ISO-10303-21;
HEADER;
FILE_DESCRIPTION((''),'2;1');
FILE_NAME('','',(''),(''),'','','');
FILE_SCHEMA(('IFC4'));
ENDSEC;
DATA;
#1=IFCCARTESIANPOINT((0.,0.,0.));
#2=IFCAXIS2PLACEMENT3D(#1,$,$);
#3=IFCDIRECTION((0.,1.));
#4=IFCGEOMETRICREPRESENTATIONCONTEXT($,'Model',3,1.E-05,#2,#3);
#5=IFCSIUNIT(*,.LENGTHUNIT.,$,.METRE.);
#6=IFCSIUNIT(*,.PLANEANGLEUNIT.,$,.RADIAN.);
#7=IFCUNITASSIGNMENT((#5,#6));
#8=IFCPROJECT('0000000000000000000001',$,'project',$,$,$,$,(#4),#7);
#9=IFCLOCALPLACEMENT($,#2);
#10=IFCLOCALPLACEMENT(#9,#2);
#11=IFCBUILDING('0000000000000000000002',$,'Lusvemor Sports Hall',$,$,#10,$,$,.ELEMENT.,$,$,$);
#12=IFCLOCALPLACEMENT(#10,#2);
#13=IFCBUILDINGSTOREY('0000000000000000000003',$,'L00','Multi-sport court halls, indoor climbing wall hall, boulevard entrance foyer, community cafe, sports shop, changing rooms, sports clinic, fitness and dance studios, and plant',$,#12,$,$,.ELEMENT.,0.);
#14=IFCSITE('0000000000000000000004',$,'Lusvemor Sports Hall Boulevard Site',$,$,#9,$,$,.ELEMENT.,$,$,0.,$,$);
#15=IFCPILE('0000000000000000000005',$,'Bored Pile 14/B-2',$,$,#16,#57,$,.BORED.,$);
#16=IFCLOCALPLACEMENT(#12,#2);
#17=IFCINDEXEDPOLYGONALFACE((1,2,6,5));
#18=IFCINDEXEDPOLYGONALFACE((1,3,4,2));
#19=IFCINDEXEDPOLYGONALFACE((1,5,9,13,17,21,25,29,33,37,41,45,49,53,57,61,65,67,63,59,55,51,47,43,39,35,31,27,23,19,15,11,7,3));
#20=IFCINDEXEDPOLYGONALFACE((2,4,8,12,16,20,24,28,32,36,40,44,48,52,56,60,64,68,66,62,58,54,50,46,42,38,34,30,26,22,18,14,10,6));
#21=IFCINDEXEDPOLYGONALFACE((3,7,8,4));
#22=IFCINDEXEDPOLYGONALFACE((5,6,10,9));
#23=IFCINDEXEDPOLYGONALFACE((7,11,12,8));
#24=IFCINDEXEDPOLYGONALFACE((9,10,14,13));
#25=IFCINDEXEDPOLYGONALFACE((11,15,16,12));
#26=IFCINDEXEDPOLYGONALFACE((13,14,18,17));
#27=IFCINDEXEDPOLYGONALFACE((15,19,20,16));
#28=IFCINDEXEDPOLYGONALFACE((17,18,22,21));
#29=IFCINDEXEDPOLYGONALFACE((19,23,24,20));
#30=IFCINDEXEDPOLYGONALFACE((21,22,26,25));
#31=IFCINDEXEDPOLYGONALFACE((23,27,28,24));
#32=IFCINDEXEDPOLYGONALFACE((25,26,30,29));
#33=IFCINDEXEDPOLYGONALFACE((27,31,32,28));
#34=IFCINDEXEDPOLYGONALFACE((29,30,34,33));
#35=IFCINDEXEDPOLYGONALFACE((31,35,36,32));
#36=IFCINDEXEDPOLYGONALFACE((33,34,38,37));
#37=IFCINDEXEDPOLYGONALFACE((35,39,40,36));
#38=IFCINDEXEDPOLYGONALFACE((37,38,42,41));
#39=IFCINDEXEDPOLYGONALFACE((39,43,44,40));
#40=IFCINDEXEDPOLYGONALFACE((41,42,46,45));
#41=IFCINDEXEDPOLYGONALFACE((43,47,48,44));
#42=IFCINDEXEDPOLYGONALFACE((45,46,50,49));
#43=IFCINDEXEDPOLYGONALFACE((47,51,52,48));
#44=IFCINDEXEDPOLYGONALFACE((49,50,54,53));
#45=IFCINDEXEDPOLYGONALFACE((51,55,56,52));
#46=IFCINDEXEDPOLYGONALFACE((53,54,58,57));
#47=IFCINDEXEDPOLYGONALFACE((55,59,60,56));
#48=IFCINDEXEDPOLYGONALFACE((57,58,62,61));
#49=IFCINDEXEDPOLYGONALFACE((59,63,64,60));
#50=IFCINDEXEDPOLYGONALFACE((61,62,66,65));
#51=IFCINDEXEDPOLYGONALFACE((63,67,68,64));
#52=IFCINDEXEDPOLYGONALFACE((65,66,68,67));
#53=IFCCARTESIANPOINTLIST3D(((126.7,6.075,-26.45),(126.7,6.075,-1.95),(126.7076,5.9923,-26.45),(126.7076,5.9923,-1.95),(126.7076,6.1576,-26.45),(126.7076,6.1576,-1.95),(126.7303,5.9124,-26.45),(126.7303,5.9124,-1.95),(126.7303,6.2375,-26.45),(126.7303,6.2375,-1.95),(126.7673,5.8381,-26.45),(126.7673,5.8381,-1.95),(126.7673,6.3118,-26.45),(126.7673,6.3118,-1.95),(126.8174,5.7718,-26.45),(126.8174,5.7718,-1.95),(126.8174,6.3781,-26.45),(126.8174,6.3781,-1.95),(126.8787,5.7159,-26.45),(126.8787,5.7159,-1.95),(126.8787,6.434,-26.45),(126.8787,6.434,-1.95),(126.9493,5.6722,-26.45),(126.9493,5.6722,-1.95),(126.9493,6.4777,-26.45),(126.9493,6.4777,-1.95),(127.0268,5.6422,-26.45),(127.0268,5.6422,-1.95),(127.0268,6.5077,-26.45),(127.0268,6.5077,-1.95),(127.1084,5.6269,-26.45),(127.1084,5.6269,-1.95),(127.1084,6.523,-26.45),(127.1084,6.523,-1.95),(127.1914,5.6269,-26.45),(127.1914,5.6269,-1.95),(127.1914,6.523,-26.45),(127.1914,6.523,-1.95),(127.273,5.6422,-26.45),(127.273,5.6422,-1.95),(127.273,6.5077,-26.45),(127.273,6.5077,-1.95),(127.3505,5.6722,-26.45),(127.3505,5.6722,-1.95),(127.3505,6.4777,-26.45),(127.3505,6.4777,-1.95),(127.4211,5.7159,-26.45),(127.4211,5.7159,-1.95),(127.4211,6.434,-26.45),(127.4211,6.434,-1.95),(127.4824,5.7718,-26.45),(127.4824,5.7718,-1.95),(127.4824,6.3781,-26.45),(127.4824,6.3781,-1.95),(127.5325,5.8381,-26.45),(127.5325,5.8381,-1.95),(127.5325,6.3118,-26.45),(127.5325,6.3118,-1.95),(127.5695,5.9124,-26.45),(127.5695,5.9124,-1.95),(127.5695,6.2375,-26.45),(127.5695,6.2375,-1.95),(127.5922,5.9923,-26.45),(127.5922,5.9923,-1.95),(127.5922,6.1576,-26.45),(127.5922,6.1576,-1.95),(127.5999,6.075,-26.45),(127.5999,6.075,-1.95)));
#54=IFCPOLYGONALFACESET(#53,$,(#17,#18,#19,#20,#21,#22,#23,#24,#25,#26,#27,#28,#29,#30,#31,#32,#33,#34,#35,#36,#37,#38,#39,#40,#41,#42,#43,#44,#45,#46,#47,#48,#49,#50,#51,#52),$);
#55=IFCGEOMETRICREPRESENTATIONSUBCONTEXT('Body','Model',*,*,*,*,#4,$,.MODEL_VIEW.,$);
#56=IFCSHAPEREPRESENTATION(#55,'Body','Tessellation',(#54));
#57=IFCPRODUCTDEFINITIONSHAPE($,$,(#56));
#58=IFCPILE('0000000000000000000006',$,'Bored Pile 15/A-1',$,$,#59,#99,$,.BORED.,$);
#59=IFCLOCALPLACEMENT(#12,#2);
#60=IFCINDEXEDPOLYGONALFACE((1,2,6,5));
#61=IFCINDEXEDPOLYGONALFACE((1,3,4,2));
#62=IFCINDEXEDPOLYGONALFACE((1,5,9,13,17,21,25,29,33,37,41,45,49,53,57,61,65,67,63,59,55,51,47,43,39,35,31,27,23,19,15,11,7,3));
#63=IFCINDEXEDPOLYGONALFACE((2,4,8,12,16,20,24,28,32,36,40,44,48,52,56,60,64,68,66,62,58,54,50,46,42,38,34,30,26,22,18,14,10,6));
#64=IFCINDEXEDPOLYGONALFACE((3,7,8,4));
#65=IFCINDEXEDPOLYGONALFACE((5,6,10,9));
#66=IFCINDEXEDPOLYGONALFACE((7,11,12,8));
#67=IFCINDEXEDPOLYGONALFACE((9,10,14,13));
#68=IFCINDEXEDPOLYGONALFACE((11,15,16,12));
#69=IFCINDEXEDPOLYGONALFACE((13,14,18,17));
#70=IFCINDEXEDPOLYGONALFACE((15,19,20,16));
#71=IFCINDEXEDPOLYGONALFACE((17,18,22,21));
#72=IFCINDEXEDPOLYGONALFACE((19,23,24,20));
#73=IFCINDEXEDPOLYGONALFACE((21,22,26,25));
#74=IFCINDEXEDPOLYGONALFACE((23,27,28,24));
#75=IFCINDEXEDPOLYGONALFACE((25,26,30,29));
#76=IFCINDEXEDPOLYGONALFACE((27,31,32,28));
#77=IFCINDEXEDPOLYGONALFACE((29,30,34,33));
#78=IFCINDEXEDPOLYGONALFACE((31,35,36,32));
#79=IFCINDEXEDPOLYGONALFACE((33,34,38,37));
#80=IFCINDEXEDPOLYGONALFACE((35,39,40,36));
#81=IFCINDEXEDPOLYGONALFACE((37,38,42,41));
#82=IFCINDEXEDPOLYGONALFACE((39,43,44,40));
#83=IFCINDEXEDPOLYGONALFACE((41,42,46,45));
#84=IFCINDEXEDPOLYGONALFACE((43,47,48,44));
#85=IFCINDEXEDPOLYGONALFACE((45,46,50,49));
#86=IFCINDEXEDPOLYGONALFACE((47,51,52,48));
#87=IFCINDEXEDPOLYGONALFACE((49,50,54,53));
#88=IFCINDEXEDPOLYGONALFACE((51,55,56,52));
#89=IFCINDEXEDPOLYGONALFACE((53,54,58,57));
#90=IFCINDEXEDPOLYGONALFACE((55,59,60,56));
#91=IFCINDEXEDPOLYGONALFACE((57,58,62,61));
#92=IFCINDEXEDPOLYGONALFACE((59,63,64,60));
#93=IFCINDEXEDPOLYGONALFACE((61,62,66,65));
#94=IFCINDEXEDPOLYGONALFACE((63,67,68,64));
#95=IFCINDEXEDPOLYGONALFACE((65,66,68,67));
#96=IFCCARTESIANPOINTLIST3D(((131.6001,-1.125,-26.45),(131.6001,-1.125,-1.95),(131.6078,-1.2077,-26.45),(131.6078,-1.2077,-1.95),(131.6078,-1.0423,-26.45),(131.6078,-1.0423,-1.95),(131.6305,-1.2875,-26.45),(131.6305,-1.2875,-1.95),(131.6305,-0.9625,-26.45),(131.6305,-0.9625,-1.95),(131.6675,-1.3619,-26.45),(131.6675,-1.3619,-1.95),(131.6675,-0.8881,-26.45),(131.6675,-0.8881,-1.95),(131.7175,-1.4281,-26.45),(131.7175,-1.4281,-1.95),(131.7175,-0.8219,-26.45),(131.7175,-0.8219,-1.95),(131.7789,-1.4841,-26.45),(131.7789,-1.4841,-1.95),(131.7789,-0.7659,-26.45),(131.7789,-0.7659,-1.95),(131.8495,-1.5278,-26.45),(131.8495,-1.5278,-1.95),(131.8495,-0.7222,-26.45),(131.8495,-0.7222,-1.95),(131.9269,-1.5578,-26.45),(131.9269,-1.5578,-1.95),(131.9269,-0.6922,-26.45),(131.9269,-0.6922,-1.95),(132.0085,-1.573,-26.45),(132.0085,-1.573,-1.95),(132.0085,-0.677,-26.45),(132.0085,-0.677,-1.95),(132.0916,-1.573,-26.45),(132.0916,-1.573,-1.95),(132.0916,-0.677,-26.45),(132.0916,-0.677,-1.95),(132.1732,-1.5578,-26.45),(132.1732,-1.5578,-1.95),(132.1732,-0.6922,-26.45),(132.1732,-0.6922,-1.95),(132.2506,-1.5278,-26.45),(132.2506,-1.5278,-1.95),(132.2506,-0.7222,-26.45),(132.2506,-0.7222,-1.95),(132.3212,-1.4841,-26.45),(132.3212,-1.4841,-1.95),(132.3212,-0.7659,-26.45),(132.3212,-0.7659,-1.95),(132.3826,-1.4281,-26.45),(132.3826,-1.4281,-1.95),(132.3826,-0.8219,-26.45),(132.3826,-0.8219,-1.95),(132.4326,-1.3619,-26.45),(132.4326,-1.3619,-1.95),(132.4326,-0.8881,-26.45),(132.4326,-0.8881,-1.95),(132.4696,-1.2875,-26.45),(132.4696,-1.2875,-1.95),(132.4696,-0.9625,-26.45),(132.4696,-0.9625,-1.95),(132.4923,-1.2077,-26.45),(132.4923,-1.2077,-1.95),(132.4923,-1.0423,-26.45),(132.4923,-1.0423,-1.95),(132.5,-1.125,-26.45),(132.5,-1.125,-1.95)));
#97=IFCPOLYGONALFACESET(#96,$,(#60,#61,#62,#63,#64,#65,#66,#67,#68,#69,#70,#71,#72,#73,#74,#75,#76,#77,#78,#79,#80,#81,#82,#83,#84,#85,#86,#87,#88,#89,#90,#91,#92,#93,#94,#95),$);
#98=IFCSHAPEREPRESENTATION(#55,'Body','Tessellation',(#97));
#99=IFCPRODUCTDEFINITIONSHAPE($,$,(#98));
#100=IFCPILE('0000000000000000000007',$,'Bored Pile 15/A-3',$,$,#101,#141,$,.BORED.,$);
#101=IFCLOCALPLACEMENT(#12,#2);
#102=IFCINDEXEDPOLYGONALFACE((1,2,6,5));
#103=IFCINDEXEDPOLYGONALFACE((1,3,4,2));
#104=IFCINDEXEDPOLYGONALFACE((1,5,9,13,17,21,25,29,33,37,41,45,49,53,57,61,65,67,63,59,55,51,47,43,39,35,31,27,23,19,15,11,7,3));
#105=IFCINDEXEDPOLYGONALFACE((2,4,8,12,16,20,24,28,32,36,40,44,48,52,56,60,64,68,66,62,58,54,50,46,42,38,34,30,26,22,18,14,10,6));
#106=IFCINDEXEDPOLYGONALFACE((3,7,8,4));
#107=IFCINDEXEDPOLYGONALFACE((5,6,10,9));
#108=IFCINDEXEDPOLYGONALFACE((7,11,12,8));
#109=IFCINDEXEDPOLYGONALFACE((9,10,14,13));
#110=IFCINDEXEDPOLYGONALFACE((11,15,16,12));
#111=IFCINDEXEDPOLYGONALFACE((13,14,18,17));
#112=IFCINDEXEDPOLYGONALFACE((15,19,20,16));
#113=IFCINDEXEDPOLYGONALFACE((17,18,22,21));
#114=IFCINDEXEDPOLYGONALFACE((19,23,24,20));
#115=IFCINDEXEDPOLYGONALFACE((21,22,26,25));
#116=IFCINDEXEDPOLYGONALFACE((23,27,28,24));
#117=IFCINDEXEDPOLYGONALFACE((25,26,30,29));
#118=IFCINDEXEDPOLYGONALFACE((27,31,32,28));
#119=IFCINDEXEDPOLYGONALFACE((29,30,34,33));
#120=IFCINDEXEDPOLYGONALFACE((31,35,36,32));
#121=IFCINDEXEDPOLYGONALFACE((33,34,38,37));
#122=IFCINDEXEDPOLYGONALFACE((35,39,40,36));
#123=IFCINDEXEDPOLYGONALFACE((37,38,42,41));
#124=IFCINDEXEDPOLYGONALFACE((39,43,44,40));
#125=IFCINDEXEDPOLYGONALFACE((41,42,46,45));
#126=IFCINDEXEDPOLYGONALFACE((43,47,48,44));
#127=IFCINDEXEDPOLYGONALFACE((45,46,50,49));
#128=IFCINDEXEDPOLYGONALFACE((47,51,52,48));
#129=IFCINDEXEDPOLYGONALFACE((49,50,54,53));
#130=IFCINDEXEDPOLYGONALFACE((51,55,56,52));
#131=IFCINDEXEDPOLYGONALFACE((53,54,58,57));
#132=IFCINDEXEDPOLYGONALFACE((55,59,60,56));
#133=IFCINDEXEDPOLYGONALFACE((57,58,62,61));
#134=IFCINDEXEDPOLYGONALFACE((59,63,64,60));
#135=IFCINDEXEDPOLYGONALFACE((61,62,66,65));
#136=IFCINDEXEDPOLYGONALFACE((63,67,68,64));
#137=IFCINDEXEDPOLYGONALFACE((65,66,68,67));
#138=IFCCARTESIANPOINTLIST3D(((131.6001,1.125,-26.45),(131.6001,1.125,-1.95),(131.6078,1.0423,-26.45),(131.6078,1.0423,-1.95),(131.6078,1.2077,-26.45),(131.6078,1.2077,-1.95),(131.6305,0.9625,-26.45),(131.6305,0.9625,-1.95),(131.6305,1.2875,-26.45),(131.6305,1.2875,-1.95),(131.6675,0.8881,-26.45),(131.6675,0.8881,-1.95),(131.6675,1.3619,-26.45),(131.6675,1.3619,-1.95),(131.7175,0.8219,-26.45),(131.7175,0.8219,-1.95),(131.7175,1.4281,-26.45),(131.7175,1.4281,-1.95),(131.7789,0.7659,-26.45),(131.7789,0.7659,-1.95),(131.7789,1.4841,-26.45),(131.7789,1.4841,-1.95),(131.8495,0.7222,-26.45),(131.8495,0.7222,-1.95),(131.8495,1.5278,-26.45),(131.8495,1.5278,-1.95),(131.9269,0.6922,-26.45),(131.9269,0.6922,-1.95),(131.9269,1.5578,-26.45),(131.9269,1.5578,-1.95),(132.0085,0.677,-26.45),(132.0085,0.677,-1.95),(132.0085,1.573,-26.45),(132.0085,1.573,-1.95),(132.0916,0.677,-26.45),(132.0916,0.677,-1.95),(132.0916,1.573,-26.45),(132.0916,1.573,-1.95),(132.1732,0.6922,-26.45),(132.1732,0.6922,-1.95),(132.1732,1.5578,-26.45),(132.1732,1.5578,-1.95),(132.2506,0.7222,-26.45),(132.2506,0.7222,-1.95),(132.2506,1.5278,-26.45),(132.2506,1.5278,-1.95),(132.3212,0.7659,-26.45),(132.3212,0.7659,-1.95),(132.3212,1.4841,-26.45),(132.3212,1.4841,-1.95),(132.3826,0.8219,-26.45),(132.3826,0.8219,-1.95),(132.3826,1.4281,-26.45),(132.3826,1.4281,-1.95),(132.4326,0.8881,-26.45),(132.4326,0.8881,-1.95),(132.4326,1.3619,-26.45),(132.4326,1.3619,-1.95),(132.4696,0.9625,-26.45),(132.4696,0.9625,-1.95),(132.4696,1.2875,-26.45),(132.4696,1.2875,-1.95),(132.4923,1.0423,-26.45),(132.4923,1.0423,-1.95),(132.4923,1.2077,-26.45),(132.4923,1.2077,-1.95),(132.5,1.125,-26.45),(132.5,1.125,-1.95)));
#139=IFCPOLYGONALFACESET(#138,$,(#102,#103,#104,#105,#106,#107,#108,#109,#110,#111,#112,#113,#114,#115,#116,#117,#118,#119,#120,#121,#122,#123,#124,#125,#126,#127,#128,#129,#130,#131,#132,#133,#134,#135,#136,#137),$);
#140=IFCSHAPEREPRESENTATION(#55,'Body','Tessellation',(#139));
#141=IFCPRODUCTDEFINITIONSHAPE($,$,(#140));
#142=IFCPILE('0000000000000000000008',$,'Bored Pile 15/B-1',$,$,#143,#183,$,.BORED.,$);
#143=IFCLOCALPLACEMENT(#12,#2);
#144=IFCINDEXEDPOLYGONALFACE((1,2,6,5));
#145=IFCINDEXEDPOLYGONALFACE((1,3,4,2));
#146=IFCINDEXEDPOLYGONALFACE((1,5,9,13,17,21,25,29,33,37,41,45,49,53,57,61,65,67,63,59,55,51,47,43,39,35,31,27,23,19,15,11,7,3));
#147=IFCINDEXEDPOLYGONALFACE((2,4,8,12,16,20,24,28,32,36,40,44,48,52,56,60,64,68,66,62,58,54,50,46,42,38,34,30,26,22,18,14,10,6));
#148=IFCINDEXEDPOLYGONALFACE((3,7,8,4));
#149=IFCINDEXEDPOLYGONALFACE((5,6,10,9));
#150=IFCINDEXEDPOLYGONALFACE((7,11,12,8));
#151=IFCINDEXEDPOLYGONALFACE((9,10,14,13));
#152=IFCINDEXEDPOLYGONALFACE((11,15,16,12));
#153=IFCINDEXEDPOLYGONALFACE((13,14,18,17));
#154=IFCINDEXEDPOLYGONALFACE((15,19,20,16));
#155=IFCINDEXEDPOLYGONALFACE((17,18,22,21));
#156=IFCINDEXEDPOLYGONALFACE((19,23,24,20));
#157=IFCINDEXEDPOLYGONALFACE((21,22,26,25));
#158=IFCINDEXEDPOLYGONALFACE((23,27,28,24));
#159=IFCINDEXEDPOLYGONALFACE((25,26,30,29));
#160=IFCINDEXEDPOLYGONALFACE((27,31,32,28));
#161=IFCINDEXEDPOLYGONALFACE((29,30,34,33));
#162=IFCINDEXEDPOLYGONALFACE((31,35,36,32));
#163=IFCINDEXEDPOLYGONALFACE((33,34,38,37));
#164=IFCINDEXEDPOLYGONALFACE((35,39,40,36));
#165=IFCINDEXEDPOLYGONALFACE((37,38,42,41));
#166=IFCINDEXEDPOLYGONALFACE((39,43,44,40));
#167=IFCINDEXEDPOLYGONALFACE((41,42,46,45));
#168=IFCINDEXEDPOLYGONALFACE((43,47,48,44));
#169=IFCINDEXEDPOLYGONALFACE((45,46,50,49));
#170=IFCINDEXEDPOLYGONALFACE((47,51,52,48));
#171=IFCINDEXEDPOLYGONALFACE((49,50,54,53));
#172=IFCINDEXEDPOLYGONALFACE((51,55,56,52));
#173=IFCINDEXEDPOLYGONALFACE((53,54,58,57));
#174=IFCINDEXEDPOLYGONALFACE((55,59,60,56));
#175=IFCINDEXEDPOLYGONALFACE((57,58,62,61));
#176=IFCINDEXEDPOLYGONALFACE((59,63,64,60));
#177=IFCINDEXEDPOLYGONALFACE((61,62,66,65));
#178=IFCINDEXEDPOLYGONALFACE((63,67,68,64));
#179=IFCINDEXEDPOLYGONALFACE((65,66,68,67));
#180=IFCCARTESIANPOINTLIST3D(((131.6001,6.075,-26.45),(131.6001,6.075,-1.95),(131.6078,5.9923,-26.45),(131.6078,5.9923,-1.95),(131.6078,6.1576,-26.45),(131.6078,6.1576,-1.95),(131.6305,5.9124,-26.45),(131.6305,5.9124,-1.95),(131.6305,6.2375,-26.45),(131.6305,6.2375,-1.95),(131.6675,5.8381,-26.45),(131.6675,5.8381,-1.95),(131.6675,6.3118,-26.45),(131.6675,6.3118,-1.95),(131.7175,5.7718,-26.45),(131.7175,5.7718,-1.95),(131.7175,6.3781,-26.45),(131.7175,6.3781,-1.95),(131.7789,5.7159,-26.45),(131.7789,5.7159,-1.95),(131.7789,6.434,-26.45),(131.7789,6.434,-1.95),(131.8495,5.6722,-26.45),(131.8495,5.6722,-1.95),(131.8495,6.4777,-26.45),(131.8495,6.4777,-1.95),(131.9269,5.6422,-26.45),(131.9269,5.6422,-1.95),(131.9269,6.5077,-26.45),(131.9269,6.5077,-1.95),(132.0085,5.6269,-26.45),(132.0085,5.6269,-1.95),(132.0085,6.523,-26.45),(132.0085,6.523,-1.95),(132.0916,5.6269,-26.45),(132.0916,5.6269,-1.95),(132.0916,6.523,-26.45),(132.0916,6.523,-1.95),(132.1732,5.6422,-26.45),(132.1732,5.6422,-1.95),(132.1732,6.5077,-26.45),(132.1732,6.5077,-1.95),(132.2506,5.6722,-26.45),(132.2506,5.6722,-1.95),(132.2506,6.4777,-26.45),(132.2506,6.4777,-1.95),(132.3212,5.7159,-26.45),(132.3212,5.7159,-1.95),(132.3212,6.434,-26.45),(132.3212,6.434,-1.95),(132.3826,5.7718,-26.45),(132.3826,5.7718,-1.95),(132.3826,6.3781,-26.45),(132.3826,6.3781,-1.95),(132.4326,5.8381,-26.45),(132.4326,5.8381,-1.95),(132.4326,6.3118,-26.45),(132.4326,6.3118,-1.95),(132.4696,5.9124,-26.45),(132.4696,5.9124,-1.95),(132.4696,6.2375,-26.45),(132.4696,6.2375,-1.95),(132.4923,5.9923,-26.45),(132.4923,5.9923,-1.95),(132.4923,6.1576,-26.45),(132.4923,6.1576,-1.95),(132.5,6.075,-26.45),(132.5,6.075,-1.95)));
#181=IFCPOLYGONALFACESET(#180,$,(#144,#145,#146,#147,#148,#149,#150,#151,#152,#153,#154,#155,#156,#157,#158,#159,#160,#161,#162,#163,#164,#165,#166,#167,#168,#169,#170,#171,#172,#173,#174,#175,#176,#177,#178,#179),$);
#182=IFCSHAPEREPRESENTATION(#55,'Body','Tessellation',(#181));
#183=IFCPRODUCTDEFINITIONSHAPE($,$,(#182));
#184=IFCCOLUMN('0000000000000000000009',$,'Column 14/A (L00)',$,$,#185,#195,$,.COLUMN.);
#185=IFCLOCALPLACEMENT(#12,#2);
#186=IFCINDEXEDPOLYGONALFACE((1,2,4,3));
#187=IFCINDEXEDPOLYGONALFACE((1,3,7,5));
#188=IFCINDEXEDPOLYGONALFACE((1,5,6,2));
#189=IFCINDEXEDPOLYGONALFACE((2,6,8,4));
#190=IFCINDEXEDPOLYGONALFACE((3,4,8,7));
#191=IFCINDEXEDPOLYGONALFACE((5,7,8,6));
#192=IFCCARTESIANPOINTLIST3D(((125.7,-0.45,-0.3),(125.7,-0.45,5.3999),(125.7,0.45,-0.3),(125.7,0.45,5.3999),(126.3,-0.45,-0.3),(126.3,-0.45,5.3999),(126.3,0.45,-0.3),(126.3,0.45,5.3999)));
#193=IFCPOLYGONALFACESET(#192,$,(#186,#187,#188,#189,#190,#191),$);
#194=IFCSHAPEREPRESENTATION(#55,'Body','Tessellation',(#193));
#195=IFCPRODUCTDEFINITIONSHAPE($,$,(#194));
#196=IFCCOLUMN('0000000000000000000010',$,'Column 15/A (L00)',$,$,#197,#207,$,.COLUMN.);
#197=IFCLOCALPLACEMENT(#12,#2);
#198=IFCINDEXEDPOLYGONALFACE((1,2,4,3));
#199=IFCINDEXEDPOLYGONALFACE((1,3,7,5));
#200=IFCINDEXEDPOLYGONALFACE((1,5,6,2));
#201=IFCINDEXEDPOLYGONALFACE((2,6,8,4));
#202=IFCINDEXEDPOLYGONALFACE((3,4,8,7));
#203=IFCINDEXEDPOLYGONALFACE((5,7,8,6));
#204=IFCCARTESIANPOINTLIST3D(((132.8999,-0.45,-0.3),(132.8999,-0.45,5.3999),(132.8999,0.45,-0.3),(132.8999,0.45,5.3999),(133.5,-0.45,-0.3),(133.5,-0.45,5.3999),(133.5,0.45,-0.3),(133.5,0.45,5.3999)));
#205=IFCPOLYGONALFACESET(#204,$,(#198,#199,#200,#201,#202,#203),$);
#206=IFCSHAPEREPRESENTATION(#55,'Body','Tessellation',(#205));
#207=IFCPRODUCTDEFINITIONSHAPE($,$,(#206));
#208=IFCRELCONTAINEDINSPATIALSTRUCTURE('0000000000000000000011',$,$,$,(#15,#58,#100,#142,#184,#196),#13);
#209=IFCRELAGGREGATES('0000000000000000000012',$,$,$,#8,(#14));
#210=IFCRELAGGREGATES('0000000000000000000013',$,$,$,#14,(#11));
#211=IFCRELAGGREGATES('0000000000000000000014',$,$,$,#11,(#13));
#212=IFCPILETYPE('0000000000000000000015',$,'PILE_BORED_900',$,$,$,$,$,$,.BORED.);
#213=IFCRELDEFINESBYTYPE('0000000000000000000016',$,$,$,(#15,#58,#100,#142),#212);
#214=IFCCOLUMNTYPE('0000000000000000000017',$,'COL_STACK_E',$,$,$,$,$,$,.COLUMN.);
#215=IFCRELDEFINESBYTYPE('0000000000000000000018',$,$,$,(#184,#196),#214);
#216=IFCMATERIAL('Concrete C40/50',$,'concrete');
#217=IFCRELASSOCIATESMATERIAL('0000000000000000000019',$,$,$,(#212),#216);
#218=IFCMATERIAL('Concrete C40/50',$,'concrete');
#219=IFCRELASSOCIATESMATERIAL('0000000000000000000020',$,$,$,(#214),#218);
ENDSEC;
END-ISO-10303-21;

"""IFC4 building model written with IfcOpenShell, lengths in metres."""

from ifc_helpers import new_model, si_unit, direction, frame, origin, origin_2d, place, context, subcontext, project, spatial, rectangle, circle, extrude, material, material_profile, profile_set, type_object, element, save


model = new_model("IFC4")

# Units and contexts
model_context = context("Model", 3, precision=1e-05, world=origin(), true_north=direction((0.0, 1.0)))
body_context = subcontext(model_context, "Body", "Model", "MODEL_VIEW")
ifc_project = project(units=[si_unit("LENGTHUNIT", "METRE"), si_unit("PLANEANGLEUNIT", "RADIAN")], contexts=[model_context])

# Site, building, storey
site_placement = place(None, origin())
site = spatial("IfcSite", under=ifc_project, at=site_placement, Name="Lusvemor Sports Hall Boulevard Site", CompositionType="ELEMENT", RefElevation=0.0)
building_placement = place(site_placement, origin())
building = spatial("IfcBuilding", under=site, at=building_placement, Name="Lusvemor Sports Hall", CompositionType="ELEMENT")
storey_placement = place(building_placement, origin())
storey = spatial("IfcBuildingStorey", under=building, at=storey_placement, Name="L00", Description="Multi-sport court halls, indoor climbing wall hall, boulevard entrance foyer, community cafe, sports shop, changing rooms, sports clinic, fitness and dance studios, and plant", CompositionType="ELEMENT", Elevation=0.0)

# Piles
ifc_material_1 = material(Name="Concrete C40/50", Category="concrete")
ifc_material_profile_1 = material_profile(ifc_material_1, circle(Radius=0.45, at=origin_2d()), Name="PILE900")
ifc_profile_set_1 = profile_set([ifc_material_profile_1], Name="Concrete C40/50")
pile_type = type_object("IfcPileType", Name="PILE_BORED_900", PredefinedType="BORED", material=ifc_profile_set_1)
for number, where, z_axis, x_axis, name in (
    (1, (127.1499, 6.075, -1.95), (0.0, 0.0, -1.0), (1.0, 0.0, 0.0), "Bored Pile 14/B-2"),
    (2, (132.05, -1.125, -1.95), (0.0, 0.0, -1.0), (1.0, 0.0, 0.0), "Bored Pile 15/A-1"),
    (3, (132.05, 1.125, -1.95), (0.0, 0.0, -1.0), (1.0, 0.0, 0.0), "Bored Pile 15/A-3"),
    (4, (132.05, 6.075, -1.95), (0.0, 0.0, -1.0), (1.0, 0.0, 0.0), "Bored Pile 15/B-1"),
):
    element("IfcPile", number, at=place(storey_placement, frame(where, z_axis=z_axis, x_axis=x_axis)), inside=storey, type_object=pile_type, Name=name, PredefinedType="BORED", context=body_context, shape_type="SweptSolid", body=[
        extrude(circle(Radius=0.45, at=origin_2d()), origin(), (0.0, 0.0, 1.0), 24.5),
    ])

# Columns
ifc_material_2 = material(Name="Concrete C40/50", Category="concrete")
ifc_material_profile_2 = material_profile(ifc_material_2, rectangle(XDim=0.6001, YDim=0.8999, at=origin_2d()), Name="RC600x900")
ifc_profile_set_2 = profile_set([ifc_material_profile_2], Name="Concrete C40/50")
column_type = type_object("IfcColumnType", Name="COL_STACK_E", PredefinedType="COLUMN", material=ifc_profile_set_2)
for number, where, z_axis, x_axis, name in (
    (5, (126.0, 0.0, -0.3), (0.0, 0.0, 1.0), (1.0, 0.0, 0.0), "Column 14/A (L00)"),
    (6, (133.2, 0.0, -0.3), (0.0, 0.0, 1.0), (1.0, 0.0, 0.0), "Column 15/A (L00)"),
):
    element("IfcColumn", number, at=place(storey_placement, frame(where, z_axis=z_axis, x_axis=x_axis)), inside=storey, type_object=column_type, Name=name, PredefinedType="COLUMN", context=body_context, shape_type="SweptSolid", body=[
        extrude(rectangle(XDim=0.6001, YDim=0.8999, at=origin_2d()), origin(), (0.0, 0.0, 1.0), 5.7),
    ])

save(model, "model.ifc")
